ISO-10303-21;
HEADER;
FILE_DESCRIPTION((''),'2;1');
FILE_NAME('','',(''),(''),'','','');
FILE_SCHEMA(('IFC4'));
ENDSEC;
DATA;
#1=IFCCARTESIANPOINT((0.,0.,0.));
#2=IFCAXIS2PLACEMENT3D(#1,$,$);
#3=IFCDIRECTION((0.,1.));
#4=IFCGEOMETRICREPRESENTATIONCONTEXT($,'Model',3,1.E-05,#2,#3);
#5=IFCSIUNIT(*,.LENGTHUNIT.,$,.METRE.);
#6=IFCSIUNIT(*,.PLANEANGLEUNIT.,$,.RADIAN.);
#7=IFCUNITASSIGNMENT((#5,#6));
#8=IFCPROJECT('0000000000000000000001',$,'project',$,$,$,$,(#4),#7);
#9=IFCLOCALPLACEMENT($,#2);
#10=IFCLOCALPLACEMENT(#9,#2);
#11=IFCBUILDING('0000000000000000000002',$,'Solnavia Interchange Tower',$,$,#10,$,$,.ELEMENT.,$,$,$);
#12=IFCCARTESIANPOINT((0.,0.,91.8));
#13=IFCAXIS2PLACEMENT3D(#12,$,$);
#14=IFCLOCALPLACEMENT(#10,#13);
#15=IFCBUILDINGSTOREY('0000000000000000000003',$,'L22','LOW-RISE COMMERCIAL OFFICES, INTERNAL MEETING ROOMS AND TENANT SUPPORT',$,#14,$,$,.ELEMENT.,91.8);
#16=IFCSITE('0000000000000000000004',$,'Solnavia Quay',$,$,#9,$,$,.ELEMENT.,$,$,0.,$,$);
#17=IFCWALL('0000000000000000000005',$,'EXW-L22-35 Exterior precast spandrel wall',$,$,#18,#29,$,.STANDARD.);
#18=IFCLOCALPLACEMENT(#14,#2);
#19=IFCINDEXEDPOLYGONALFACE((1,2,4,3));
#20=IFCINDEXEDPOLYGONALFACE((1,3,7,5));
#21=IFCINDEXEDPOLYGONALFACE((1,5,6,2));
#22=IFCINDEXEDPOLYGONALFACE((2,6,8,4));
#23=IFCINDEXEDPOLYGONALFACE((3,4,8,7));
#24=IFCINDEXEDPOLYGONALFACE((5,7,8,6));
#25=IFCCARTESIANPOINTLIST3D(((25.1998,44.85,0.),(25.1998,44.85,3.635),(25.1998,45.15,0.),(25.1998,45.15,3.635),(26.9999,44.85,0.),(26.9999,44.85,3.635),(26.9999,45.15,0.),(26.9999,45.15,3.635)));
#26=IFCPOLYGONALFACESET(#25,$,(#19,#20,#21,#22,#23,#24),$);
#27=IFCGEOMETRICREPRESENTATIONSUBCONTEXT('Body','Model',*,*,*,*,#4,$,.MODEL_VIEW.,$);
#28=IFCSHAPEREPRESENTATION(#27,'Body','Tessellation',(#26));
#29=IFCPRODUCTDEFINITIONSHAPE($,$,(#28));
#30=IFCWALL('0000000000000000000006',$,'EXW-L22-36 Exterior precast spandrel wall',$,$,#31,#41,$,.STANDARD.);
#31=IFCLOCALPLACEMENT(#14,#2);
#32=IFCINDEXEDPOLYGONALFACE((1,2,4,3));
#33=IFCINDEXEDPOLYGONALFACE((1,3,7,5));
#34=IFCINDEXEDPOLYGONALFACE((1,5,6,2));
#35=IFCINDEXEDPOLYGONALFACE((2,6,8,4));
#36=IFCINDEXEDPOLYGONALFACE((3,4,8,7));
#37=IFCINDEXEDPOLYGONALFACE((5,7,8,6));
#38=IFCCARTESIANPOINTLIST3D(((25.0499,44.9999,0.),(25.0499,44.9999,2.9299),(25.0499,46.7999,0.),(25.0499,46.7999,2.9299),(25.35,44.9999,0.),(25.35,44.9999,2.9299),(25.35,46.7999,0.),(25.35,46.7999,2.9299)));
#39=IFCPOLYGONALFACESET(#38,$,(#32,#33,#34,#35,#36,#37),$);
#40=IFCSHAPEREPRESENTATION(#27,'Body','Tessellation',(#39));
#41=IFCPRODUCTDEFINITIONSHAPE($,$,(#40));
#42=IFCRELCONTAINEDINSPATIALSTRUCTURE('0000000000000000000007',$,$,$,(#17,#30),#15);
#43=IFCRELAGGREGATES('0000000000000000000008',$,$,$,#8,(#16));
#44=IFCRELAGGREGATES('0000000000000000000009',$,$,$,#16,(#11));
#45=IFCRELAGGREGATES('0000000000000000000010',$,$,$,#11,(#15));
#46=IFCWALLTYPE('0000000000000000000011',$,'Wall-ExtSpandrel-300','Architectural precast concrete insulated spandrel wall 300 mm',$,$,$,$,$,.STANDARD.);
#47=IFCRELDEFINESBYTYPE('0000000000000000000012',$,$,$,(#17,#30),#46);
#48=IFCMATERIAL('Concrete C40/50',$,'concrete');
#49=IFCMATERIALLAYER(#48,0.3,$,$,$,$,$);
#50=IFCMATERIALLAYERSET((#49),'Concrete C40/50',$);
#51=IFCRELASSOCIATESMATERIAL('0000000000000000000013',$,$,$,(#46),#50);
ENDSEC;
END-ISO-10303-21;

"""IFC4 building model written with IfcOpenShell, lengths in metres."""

from ifc_helpers import new_model, si_unit, direction, frame, frame_2d, origin, place, context, subcontext, project, spatial, rectangle, extrude, material, layer, layer_set, type_object, element, save


model = new_model("IFC4")

# Units and contexts
model_context = context("Model", 3, precision=1e-05, world=origin(), true_north=direction((0.0, 1.0)))
body_context = subcontext(model_context, "Body", "Model", "MODEL_VIEW")
ifc_project = project(units=[si_unit("LENGTHUNIT", "METRE"), si_unit("PLANEANGLEUNIT", "RADIAN")], contexts=[model_context])

# Site, building, storey
site_placement = place(None, origin())
site = spatial("IfcSite", under=ifc_project, at=site_placement, Name="Solnavia Quay", CompositionType="ELEMENT", RefElevation=0.0)
building_placement = place(site_placement, origin())
building = spatial("IfcBuilding", under=site, at=building_placement, Name="Solnavia Interchange Tower", CompositionType="ELEMENT")
storey_placement = place(building_placement, frame((0.0, 0.0, 91.8)))
storey = spatial("IfcBuildingStorey", under=building, at=storey_placement, Name="L22", Description="LOW-RISE COMMERCIAL OFFICES, INTERNAL MEETING ROOMS AND TENANT SUPPORT", CompositionType="ELEMENT", Elevation=91.8)

# Walls
ifc_material_1 = material(Name="Concrete C40/50", Category="concrete")
ifc_layer = layer(ifc_material_1, 0.3)
ifc_layer_set = layer_set([ifc_layer], Name="Concrete C40/50")
wall_type = type_object("IfcWallType", Name="Wall-ExtSpandrel-300", Description="Architectural precast concrete insulated spandrel wall 300 mm", PredefinedType="STANDARD", material=ifc_layer_set)
for number, where, z_axis, x_axis, name in (
    (1, (25.2, 45.0, 0.0), (0.0, 0.0, 1.0), (1.0, 0.0, 0.0), "EXW-L22-35 Exterior precast spandrel wall"),
):
    element("IfcWall", number, at=place(storey_placement, frame(where, z_axis=z_axis, x_axis=x_axis)), inside=storey, type_object=wall_type, Name=name, PredefinedType="STANDARD", context=body_context, shape_type="SweptSolid", body=[
        extrude(rectangle(XDim=1.8, YDim=0.3, at=frame_2d((0.8999, 0.0))), origin(), (0.0, 0.0, 1.0), 3.635),
    ])
wall_1_placement = place(storey_placement, frame((25.2, 45.0, 0.0), z_axis=(0.0, 0.0, 1.0), x_axis=(0.0, 1.0, 0.0)))
element("IfcWall", 2, at=wall_1_placement, inside=storey, type_object=wall_type, Name="EXW-L22-36 Exterior precast spandrel wall", PredefinedType="STANDARD", context=body_context, shape_type="SweptSolid", body=[
    extrude(rectangle(XDim=1.8, YDim=0.3, at=frame_2d((0.8999, 0.0))), origin(), (0.0, 0.0, 1.0), 2.9299),
])

save(model, "model.ifc")
